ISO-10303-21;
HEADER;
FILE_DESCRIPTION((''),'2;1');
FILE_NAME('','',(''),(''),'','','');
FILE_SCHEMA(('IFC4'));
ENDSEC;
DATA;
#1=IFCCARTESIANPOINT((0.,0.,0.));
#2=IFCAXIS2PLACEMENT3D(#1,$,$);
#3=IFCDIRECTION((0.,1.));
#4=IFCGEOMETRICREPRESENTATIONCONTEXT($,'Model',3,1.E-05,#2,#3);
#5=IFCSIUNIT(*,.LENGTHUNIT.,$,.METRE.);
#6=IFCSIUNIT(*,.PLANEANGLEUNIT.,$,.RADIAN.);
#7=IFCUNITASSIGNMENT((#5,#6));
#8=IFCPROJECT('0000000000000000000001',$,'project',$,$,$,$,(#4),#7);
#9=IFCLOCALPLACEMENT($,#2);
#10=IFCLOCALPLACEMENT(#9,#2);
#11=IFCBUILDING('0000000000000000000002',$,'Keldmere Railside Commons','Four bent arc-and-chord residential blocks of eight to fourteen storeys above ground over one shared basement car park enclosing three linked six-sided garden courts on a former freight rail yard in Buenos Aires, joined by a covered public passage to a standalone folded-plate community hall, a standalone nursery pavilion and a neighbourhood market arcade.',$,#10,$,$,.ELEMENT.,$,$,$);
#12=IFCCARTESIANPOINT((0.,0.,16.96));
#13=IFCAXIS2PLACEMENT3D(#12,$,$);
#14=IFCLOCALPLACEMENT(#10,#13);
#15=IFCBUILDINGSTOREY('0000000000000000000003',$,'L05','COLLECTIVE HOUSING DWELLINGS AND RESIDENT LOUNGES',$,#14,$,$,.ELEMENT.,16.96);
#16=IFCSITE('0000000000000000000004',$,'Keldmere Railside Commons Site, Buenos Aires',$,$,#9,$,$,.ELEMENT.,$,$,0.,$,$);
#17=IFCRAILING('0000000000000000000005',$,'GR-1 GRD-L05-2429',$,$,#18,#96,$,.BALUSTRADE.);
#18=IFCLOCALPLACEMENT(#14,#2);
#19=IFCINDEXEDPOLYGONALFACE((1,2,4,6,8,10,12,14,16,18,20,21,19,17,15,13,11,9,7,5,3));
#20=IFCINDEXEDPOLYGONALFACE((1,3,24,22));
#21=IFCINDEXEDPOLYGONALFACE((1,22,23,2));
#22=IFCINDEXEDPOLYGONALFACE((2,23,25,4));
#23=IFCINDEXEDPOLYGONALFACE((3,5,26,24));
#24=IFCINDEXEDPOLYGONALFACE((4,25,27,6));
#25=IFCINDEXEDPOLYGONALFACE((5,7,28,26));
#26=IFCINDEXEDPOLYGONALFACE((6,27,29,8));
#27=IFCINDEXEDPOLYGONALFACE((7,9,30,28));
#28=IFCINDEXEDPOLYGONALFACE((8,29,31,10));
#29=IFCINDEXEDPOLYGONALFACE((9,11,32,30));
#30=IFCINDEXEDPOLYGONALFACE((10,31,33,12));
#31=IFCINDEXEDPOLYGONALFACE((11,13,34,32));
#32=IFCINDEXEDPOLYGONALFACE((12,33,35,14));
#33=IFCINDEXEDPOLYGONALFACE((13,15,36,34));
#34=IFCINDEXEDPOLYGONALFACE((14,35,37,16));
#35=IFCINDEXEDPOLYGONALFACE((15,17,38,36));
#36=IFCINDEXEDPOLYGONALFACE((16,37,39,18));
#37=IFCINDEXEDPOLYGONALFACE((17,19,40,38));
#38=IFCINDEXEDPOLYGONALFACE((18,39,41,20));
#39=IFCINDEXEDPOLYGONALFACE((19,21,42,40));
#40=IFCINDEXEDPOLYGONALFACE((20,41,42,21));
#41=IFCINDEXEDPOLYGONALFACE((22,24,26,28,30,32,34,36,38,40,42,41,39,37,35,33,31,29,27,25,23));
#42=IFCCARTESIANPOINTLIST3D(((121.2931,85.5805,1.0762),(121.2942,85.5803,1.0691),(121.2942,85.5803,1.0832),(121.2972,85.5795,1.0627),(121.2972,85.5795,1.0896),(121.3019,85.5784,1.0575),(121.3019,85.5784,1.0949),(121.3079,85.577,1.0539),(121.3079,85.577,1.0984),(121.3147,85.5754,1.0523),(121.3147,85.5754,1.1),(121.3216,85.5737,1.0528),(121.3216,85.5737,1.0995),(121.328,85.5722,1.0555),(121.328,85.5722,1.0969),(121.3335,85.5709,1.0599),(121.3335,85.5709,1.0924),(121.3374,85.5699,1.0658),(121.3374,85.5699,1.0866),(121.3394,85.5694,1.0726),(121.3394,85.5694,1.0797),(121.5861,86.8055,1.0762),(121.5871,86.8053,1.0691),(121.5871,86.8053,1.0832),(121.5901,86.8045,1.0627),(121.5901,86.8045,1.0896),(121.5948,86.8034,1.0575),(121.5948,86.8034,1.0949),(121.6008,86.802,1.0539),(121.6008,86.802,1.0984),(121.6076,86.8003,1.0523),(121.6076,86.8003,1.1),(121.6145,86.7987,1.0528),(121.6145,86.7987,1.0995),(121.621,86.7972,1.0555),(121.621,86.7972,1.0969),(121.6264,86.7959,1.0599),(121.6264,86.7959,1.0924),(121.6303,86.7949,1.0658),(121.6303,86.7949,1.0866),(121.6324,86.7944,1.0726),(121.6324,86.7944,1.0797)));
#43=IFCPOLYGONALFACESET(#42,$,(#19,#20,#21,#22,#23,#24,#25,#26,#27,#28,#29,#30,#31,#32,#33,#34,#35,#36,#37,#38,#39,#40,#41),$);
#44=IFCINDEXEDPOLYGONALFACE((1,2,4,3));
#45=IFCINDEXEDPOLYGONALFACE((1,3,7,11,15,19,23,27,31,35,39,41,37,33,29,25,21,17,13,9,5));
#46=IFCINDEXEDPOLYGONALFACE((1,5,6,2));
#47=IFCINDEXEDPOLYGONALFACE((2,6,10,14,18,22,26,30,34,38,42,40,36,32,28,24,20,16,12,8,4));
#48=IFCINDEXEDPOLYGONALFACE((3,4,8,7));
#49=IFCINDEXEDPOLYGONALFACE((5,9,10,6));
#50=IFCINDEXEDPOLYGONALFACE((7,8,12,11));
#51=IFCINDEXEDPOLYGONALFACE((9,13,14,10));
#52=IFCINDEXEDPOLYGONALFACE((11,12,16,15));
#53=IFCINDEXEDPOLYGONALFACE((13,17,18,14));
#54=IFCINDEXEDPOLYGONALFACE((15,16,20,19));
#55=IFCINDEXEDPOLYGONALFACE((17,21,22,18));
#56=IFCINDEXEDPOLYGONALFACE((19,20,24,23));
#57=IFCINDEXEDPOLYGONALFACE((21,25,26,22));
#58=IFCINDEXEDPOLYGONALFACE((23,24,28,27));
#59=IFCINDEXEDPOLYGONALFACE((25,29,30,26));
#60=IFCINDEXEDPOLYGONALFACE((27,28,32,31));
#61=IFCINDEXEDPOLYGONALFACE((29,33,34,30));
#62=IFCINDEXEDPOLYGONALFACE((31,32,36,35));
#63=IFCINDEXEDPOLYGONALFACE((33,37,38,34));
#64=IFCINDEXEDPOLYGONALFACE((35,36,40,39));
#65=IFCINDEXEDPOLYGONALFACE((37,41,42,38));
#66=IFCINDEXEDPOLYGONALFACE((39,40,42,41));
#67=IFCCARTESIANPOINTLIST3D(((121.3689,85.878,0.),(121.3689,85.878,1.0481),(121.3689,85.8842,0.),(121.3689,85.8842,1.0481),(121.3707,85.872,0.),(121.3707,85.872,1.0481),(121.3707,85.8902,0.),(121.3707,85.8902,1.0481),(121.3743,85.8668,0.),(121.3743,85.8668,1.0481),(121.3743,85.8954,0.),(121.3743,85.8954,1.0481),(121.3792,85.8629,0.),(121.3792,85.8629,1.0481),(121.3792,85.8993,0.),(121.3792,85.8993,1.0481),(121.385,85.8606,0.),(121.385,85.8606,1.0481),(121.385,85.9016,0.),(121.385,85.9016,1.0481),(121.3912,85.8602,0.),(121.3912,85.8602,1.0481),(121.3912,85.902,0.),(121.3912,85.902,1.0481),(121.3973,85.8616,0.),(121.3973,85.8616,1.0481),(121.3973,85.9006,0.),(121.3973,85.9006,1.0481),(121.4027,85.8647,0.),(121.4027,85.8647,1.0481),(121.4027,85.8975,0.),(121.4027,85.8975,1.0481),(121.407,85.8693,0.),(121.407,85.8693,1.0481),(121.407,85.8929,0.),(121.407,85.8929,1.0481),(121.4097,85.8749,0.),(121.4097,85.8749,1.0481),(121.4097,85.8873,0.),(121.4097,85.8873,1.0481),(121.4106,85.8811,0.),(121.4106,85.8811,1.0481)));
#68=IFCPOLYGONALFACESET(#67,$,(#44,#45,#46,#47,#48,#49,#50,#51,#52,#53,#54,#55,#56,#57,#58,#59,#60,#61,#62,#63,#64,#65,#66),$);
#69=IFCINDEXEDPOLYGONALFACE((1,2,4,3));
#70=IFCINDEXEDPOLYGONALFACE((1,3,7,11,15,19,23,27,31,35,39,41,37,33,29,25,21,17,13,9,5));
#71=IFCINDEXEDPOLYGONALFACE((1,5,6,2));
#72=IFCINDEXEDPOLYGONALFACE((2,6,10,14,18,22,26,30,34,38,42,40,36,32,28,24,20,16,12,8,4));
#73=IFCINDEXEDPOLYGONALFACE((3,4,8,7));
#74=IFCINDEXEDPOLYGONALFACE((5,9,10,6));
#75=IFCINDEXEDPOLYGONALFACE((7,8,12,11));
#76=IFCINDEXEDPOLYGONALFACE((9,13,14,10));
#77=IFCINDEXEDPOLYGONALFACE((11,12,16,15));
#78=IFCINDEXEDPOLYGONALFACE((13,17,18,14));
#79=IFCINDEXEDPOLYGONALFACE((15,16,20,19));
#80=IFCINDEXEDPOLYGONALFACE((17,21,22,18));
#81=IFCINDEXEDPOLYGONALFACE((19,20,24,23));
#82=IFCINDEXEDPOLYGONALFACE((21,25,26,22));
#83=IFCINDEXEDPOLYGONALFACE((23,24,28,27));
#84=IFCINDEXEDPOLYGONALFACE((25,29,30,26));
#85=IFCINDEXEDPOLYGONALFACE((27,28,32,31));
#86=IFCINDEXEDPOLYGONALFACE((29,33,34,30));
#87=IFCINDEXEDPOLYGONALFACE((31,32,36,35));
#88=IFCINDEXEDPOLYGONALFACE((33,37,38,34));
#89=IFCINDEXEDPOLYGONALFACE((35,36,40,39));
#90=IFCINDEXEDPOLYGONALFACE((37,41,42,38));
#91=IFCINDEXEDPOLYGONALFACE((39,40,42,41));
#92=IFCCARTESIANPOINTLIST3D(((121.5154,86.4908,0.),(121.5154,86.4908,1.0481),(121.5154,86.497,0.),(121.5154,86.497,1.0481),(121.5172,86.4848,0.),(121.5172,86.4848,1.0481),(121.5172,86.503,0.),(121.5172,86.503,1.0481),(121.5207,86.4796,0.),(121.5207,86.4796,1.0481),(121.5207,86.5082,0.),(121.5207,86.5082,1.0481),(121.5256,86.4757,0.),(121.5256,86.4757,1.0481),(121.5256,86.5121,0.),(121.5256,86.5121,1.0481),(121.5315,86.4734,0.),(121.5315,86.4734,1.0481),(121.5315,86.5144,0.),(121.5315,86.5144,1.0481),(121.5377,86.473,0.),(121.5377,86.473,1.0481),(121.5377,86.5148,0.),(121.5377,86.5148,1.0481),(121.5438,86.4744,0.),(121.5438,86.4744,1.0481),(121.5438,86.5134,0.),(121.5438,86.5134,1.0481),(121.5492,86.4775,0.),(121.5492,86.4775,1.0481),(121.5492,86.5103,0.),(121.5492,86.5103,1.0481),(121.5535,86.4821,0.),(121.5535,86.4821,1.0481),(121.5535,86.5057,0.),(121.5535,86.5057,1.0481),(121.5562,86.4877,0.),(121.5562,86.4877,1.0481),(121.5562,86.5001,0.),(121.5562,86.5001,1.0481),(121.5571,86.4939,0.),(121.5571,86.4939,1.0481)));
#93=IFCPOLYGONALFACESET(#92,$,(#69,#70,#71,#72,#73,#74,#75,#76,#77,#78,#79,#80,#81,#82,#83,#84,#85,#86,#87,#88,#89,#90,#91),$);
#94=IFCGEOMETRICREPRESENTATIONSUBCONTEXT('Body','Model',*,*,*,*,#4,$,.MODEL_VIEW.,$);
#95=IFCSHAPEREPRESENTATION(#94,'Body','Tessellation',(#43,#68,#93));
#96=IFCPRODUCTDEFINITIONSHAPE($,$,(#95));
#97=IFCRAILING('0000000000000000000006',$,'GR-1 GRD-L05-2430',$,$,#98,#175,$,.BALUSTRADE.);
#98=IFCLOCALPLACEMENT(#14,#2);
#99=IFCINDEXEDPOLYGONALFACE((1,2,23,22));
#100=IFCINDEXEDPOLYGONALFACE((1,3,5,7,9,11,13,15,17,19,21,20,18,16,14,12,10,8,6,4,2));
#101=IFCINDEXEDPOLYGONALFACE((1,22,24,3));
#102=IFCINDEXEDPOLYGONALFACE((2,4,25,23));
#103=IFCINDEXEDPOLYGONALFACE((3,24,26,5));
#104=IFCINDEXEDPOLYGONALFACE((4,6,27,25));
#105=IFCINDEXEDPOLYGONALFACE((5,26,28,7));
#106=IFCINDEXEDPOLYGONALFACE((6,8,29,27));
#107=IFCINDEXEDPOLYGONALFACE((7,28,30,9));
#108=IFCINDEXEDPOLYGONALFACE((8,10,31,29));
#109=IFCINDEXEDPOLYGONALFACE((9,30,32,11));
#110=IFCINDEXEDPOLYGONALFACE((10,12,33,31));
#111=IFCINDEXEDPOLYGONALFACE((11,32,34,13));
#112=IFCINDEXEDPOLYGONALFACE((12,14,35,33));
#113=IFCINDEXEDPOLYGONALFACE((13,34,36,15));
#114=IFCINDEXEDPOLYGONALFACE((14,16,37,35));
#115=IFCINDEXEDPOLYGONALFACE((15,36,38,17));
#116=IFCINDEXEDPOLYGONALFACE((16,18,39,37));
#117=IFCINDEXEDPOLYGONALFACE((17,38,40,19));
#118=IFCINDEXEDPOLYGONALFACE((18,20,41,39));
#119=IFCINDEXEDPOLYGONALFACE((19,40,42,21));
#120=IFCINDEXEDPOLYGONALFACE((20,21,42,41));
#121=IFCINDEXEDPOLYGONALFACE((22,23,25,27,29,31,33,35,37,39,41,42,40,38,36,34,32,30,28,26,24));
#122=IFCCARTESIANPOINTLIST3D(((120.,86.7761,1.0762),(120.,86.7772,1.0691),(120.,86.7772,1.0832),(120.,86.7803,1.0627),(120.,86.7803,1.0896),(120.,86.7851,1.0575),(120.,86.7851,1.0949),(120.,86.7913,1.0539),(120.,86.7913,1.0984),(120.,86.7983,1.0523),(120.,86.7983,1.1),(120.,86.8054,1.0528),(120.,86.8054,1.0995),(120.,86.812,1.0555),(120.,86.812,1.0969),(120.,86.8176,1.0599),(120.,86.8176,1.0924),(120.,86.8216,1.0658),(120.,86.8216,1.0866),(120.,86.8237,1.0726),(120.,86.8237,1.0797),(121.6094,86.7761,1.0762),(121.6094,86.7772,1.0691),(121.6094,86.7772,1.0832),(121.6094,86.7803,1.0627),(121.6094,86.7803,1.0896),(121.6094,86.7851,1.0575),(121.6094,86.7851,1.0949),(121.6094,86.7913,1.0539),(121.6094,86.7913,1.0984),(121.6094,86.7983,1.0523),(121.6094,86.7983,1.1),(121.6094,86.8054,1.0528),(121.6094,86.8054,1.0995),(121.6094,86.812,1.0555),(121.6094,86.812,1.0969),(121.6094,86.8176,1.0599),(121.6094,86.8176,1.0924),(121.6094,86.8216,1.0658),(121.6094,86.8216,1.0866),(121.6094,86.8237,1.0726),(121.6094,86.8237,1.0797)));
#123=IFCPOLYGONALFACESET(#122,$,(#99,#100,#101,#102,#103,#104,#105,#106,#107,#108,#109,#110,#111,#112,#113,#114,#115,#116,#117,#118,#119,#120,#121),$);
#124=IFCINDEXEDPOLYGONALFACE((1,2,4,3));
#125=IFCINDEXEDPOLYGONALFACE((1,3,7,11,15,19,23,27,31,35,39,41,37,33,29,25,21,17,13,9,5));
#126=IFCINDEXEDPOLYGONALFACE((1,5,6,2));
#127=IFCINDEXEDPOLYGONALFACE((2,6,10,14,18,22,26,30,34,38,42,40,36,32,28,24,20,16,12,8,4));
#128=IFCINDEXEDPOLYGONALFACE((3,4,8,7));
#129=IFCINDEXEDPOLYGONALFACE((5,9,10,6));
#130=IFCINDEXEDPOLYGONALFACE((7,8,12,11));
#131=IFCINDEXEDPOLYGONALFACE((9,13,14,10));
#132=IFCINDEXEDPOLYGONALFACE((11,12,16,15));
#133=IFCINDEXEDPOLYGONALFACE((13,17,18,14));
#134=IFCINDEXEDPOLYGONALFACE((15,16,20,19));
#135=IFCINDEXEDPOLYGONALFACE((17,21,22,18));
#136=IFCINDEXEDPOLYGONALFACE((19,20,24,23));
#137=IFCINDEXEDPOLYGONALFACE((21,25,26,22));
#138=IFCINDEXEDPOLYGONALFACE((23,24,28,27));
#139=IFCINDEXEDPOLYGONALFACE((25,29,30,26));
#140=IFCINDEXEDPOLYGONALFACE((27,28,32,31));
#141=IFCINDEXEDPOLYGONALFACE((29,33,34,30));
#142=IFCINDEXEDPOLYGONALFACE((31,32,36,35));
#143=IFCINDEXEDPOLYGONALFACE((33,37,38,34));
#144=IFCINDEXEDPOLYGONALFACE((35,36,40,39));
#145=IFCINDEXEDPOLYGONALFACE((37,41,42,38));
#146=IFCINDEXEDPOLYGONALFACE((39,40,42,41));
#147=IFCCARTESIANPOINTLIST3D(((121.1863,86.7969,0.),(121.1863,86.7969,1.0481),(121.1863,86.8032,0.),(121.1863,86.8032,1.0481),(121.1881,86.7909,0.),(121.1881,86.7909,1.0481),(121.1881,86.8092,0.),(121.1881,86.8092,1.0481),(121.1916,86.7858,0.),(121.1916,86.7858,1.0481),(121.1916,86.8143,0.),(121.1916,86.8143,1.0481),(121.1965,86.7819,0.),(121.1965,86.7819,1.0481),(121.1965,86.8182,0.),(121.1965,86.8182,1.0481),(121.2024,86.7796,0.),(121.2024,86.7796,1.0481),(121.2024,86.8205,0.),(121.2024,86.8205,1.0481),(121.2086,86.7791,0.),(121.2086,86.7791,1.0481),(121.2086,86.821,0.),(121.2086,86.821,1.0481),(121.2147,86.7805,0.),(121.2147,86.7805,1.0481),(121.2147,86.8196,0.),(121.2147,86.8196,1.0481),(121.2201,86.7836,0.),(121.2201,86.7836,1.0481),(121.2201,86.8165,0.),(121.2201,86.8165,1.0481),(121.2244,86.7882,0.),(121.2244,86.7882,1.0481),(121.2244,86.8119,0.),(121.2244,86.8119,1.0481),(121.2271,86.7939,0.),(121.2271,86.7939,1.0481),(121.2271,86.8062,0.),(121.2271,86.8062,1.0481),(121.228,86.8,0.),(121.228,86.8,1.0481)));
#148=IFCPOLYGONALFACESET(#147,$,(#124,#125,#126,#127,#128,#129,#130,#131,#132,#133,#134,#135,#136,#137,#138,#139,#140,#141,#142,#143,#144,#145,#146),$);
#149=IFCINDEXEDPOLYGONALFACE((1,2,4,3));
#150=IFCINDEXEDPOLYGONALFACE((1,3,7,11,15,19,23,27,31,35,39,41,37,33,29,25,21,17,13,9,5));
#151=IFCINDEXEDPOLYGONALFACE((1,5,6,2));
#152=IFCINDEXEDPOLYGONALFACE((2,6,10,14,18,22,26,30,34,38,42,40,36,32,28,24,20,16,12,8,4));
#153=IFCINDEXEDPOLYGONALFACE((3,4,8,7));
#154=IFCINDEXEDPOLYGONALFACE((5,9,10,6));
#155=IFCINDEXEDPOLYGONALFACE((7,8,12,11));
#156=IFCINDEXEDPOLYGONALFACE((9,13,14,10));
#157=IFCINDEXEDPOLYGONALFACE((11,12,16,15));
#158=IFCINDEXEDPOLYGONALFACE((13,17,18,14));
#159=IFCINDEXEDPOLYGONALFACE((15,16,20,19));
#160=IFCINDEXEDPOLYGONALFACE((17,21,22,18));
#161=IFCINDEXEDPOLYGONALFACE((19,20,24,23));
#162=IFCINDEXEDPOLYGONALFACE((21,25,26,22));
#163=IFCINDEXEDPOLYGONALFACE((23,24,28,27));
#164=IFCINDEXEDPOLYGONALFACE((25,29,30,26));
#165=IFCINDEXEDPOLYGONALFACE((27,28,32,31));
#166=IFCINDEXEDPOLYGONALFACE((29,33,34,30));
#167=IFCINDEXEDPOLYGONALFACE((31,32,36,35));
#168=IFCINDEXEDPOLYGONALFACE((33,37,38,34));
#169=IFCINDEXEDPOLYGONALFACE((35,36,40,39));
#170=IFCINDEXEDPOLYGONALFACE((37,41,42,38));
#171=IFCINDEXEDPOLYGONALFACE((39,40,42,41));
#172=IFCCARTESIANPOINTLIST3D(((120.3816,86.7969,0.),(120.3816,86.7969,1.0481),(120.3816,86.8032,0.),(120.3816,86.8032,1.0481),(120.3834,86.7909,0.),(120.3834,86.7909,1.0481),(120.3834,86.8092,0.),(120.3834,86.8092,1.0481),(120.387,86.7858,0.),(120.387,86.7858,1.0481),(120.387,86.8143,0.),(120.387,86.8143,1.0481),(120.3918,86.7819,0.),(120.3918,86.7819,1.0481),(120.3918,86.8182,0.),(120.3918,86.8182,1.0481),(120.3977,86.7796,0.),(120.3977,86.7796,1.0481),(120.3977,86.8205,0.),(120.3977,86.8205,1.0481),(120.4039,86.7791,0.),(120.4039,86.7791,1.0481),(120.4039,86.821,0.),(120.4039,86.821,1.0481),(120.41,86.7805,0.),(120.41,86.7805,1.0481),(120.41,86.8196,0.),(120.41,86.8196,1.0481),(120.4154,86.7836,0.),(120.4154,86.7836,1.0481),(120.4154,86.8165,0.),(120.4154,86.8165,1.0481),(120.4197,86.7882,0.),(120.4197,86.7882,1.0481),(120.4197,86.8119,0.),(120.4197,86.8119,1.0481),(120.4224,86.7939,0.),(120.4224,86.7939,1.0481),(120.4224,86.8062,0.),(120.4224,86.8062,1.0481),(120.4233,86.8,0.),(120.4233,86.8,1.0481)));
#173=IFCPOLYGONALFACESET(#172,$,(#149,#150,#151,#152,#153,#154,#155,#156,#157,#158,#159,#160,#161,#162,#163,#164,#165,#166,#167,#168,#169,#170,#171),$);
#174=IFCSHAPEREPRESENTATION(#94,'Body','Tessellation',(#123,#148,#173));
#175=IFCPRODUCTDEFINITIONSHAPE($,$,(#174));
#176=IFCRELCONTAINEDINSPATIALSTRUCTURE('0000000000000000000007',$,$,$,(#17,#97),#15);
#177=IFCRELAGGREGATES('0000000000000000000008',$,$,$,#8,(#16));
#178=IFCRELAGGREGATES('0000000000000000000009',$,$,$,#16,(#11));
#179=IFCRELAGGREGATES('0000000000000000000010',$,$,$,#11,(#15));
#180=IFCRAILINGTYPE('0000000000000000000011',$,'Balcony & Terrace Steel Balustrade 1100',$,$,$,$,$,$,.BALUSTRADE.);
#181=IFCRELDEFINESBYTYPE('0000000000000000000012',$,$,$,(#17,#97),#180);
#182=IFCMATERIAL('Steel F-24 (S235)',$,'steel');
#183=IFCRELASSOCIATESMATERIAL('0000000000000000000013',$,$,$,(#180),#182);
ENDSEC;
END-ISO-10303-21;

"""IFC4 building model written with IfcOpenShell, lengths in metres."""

from ifc_helpers import new_model, si_unit, direction, frame, origin, origin_2d, place, context, subcontext, project, spatial, circle, extrude, material, type_object, element, save


model = new_model("IFC4")

# Units and contexts
model_context = context("Model", 3, precision=1e-05, world=origin(), true_north=direction((0.0, 1.0)))
body_context = subcontext(model_context, "Body", "Model", "MODEL_VIEW")
ifc_project = project(units=[si_unit("LENGTHUNIT", "METRE"), si_unit("PLANEANGLEUNIT", "RADIAN")], contexts=[model_context])

# Site, building, storey
site_placement = place(None, origin())
site = spatial("IfcSite", under=ifc_project, at=site_placement, Name="Keldmere Railside Commons Site, Buenos Aires", CompositionType="ELEMENT", RefElevation=0.0)
building_placement = place(site_placement, origin())
building = spatial("IfcBuilding", under=site, at=building_placement, Name="Keldmere Railside Commons", Description="Four bent arc-and-chord residential blocks of eight to fourteen storeys above ground over one shared basement car park enclosing three linked six-sided garden courts on a former freight rail yard in Buenos Aires, joined by a covered public passage to a standalone folded-plate community hall, a standalone nursery pavilion and a neighbourhood market arcade.", CompositionType="ELEMENT")
storey_placement = place(building_placement, frame((0.0, 0.0, 16.96)))
storey = spatial("IfcBuildingStorey", under=building, at=storey_placement, Name="L05", Description="COLLECTIVE HOUSING DWELLINGS AND RESIDENT LOUNGES", CompositionType="ELEMENT", Elevation=16.96)

# Railings
ifc_material_1 = material(Name="Steel F-24 (S235)", Category="steel")
railing_type = type_object("IfcRailingType", Name="Balcony & Terrace Steel Balustrade 1100", PredefinedType="BALUSTRADE", material=ifc_material_1)
railing_1_placement = place(storey_placement, frame((121.3164, 85.575, 0.0)))
element("IfcRailing", 1, at=railing_1_placement, inside=storey, type_object=railing_type, Name="GR-1 GRD-L05-2429", PredefinedType="BALUSTRADE", context=body_context, shape_type="SweptSolid", body=[
    extrude(circle(Radius=0.0239, at=origin_2d()), frame((0.0, 0.0, 1.0762), z_axis=(0.232581, 0.972577, 0.0), x_axis=(-0.972577, 0.232581, 0.0)), (0.0, 0.0, 1.0), 1.2595),
    extrude(circle(Radius=0.021, at=origin_2d()), frame((0.0732, 0.3062, 0.0)), (0.0, 0.0, 1.0), 1.0481),
    extrude(circle(Radius=0.021, at=origin_2d()), frame((0.2197, 0.9189, 0.0)), (0.0, 0.0, 1.0), 1.0481),
])
railing_2_placement = place(storey_placement, frame((121.6094, 86.8, 0.0)))
element("IfcRailing", 2, at=railing_2_placement, inside=storey, type_object=railing_type, Name="GR-1 GRD-L05-2430", PredefinedType="BALUSTRADE", context=body_context, shape_type="SweptSolid", body=[
    extrude(circle(Radius=0.0239, at=origin_2d()), frame((0.0, 0.0, 1.0762), z_axis=(-1.0, 0.0, 0.0), x_axis=(0.0, -1.0, 0.0)), (0.0, 0.0, 1.0), 1.6094),
    extrude(circle(Radius=0.021, at=origin_2d()), frame((-0.4023, 0.0, 0.0)), (0.0, 0.0, 1.0), 1.0481),
    extrude(circle(Radius=0.021, at=origin_2d()), frame((-1.207, 0.0, 0.0)), (0.0, 0.0, 1.0), 1.0481),
])

save(model, "model.ifc")
